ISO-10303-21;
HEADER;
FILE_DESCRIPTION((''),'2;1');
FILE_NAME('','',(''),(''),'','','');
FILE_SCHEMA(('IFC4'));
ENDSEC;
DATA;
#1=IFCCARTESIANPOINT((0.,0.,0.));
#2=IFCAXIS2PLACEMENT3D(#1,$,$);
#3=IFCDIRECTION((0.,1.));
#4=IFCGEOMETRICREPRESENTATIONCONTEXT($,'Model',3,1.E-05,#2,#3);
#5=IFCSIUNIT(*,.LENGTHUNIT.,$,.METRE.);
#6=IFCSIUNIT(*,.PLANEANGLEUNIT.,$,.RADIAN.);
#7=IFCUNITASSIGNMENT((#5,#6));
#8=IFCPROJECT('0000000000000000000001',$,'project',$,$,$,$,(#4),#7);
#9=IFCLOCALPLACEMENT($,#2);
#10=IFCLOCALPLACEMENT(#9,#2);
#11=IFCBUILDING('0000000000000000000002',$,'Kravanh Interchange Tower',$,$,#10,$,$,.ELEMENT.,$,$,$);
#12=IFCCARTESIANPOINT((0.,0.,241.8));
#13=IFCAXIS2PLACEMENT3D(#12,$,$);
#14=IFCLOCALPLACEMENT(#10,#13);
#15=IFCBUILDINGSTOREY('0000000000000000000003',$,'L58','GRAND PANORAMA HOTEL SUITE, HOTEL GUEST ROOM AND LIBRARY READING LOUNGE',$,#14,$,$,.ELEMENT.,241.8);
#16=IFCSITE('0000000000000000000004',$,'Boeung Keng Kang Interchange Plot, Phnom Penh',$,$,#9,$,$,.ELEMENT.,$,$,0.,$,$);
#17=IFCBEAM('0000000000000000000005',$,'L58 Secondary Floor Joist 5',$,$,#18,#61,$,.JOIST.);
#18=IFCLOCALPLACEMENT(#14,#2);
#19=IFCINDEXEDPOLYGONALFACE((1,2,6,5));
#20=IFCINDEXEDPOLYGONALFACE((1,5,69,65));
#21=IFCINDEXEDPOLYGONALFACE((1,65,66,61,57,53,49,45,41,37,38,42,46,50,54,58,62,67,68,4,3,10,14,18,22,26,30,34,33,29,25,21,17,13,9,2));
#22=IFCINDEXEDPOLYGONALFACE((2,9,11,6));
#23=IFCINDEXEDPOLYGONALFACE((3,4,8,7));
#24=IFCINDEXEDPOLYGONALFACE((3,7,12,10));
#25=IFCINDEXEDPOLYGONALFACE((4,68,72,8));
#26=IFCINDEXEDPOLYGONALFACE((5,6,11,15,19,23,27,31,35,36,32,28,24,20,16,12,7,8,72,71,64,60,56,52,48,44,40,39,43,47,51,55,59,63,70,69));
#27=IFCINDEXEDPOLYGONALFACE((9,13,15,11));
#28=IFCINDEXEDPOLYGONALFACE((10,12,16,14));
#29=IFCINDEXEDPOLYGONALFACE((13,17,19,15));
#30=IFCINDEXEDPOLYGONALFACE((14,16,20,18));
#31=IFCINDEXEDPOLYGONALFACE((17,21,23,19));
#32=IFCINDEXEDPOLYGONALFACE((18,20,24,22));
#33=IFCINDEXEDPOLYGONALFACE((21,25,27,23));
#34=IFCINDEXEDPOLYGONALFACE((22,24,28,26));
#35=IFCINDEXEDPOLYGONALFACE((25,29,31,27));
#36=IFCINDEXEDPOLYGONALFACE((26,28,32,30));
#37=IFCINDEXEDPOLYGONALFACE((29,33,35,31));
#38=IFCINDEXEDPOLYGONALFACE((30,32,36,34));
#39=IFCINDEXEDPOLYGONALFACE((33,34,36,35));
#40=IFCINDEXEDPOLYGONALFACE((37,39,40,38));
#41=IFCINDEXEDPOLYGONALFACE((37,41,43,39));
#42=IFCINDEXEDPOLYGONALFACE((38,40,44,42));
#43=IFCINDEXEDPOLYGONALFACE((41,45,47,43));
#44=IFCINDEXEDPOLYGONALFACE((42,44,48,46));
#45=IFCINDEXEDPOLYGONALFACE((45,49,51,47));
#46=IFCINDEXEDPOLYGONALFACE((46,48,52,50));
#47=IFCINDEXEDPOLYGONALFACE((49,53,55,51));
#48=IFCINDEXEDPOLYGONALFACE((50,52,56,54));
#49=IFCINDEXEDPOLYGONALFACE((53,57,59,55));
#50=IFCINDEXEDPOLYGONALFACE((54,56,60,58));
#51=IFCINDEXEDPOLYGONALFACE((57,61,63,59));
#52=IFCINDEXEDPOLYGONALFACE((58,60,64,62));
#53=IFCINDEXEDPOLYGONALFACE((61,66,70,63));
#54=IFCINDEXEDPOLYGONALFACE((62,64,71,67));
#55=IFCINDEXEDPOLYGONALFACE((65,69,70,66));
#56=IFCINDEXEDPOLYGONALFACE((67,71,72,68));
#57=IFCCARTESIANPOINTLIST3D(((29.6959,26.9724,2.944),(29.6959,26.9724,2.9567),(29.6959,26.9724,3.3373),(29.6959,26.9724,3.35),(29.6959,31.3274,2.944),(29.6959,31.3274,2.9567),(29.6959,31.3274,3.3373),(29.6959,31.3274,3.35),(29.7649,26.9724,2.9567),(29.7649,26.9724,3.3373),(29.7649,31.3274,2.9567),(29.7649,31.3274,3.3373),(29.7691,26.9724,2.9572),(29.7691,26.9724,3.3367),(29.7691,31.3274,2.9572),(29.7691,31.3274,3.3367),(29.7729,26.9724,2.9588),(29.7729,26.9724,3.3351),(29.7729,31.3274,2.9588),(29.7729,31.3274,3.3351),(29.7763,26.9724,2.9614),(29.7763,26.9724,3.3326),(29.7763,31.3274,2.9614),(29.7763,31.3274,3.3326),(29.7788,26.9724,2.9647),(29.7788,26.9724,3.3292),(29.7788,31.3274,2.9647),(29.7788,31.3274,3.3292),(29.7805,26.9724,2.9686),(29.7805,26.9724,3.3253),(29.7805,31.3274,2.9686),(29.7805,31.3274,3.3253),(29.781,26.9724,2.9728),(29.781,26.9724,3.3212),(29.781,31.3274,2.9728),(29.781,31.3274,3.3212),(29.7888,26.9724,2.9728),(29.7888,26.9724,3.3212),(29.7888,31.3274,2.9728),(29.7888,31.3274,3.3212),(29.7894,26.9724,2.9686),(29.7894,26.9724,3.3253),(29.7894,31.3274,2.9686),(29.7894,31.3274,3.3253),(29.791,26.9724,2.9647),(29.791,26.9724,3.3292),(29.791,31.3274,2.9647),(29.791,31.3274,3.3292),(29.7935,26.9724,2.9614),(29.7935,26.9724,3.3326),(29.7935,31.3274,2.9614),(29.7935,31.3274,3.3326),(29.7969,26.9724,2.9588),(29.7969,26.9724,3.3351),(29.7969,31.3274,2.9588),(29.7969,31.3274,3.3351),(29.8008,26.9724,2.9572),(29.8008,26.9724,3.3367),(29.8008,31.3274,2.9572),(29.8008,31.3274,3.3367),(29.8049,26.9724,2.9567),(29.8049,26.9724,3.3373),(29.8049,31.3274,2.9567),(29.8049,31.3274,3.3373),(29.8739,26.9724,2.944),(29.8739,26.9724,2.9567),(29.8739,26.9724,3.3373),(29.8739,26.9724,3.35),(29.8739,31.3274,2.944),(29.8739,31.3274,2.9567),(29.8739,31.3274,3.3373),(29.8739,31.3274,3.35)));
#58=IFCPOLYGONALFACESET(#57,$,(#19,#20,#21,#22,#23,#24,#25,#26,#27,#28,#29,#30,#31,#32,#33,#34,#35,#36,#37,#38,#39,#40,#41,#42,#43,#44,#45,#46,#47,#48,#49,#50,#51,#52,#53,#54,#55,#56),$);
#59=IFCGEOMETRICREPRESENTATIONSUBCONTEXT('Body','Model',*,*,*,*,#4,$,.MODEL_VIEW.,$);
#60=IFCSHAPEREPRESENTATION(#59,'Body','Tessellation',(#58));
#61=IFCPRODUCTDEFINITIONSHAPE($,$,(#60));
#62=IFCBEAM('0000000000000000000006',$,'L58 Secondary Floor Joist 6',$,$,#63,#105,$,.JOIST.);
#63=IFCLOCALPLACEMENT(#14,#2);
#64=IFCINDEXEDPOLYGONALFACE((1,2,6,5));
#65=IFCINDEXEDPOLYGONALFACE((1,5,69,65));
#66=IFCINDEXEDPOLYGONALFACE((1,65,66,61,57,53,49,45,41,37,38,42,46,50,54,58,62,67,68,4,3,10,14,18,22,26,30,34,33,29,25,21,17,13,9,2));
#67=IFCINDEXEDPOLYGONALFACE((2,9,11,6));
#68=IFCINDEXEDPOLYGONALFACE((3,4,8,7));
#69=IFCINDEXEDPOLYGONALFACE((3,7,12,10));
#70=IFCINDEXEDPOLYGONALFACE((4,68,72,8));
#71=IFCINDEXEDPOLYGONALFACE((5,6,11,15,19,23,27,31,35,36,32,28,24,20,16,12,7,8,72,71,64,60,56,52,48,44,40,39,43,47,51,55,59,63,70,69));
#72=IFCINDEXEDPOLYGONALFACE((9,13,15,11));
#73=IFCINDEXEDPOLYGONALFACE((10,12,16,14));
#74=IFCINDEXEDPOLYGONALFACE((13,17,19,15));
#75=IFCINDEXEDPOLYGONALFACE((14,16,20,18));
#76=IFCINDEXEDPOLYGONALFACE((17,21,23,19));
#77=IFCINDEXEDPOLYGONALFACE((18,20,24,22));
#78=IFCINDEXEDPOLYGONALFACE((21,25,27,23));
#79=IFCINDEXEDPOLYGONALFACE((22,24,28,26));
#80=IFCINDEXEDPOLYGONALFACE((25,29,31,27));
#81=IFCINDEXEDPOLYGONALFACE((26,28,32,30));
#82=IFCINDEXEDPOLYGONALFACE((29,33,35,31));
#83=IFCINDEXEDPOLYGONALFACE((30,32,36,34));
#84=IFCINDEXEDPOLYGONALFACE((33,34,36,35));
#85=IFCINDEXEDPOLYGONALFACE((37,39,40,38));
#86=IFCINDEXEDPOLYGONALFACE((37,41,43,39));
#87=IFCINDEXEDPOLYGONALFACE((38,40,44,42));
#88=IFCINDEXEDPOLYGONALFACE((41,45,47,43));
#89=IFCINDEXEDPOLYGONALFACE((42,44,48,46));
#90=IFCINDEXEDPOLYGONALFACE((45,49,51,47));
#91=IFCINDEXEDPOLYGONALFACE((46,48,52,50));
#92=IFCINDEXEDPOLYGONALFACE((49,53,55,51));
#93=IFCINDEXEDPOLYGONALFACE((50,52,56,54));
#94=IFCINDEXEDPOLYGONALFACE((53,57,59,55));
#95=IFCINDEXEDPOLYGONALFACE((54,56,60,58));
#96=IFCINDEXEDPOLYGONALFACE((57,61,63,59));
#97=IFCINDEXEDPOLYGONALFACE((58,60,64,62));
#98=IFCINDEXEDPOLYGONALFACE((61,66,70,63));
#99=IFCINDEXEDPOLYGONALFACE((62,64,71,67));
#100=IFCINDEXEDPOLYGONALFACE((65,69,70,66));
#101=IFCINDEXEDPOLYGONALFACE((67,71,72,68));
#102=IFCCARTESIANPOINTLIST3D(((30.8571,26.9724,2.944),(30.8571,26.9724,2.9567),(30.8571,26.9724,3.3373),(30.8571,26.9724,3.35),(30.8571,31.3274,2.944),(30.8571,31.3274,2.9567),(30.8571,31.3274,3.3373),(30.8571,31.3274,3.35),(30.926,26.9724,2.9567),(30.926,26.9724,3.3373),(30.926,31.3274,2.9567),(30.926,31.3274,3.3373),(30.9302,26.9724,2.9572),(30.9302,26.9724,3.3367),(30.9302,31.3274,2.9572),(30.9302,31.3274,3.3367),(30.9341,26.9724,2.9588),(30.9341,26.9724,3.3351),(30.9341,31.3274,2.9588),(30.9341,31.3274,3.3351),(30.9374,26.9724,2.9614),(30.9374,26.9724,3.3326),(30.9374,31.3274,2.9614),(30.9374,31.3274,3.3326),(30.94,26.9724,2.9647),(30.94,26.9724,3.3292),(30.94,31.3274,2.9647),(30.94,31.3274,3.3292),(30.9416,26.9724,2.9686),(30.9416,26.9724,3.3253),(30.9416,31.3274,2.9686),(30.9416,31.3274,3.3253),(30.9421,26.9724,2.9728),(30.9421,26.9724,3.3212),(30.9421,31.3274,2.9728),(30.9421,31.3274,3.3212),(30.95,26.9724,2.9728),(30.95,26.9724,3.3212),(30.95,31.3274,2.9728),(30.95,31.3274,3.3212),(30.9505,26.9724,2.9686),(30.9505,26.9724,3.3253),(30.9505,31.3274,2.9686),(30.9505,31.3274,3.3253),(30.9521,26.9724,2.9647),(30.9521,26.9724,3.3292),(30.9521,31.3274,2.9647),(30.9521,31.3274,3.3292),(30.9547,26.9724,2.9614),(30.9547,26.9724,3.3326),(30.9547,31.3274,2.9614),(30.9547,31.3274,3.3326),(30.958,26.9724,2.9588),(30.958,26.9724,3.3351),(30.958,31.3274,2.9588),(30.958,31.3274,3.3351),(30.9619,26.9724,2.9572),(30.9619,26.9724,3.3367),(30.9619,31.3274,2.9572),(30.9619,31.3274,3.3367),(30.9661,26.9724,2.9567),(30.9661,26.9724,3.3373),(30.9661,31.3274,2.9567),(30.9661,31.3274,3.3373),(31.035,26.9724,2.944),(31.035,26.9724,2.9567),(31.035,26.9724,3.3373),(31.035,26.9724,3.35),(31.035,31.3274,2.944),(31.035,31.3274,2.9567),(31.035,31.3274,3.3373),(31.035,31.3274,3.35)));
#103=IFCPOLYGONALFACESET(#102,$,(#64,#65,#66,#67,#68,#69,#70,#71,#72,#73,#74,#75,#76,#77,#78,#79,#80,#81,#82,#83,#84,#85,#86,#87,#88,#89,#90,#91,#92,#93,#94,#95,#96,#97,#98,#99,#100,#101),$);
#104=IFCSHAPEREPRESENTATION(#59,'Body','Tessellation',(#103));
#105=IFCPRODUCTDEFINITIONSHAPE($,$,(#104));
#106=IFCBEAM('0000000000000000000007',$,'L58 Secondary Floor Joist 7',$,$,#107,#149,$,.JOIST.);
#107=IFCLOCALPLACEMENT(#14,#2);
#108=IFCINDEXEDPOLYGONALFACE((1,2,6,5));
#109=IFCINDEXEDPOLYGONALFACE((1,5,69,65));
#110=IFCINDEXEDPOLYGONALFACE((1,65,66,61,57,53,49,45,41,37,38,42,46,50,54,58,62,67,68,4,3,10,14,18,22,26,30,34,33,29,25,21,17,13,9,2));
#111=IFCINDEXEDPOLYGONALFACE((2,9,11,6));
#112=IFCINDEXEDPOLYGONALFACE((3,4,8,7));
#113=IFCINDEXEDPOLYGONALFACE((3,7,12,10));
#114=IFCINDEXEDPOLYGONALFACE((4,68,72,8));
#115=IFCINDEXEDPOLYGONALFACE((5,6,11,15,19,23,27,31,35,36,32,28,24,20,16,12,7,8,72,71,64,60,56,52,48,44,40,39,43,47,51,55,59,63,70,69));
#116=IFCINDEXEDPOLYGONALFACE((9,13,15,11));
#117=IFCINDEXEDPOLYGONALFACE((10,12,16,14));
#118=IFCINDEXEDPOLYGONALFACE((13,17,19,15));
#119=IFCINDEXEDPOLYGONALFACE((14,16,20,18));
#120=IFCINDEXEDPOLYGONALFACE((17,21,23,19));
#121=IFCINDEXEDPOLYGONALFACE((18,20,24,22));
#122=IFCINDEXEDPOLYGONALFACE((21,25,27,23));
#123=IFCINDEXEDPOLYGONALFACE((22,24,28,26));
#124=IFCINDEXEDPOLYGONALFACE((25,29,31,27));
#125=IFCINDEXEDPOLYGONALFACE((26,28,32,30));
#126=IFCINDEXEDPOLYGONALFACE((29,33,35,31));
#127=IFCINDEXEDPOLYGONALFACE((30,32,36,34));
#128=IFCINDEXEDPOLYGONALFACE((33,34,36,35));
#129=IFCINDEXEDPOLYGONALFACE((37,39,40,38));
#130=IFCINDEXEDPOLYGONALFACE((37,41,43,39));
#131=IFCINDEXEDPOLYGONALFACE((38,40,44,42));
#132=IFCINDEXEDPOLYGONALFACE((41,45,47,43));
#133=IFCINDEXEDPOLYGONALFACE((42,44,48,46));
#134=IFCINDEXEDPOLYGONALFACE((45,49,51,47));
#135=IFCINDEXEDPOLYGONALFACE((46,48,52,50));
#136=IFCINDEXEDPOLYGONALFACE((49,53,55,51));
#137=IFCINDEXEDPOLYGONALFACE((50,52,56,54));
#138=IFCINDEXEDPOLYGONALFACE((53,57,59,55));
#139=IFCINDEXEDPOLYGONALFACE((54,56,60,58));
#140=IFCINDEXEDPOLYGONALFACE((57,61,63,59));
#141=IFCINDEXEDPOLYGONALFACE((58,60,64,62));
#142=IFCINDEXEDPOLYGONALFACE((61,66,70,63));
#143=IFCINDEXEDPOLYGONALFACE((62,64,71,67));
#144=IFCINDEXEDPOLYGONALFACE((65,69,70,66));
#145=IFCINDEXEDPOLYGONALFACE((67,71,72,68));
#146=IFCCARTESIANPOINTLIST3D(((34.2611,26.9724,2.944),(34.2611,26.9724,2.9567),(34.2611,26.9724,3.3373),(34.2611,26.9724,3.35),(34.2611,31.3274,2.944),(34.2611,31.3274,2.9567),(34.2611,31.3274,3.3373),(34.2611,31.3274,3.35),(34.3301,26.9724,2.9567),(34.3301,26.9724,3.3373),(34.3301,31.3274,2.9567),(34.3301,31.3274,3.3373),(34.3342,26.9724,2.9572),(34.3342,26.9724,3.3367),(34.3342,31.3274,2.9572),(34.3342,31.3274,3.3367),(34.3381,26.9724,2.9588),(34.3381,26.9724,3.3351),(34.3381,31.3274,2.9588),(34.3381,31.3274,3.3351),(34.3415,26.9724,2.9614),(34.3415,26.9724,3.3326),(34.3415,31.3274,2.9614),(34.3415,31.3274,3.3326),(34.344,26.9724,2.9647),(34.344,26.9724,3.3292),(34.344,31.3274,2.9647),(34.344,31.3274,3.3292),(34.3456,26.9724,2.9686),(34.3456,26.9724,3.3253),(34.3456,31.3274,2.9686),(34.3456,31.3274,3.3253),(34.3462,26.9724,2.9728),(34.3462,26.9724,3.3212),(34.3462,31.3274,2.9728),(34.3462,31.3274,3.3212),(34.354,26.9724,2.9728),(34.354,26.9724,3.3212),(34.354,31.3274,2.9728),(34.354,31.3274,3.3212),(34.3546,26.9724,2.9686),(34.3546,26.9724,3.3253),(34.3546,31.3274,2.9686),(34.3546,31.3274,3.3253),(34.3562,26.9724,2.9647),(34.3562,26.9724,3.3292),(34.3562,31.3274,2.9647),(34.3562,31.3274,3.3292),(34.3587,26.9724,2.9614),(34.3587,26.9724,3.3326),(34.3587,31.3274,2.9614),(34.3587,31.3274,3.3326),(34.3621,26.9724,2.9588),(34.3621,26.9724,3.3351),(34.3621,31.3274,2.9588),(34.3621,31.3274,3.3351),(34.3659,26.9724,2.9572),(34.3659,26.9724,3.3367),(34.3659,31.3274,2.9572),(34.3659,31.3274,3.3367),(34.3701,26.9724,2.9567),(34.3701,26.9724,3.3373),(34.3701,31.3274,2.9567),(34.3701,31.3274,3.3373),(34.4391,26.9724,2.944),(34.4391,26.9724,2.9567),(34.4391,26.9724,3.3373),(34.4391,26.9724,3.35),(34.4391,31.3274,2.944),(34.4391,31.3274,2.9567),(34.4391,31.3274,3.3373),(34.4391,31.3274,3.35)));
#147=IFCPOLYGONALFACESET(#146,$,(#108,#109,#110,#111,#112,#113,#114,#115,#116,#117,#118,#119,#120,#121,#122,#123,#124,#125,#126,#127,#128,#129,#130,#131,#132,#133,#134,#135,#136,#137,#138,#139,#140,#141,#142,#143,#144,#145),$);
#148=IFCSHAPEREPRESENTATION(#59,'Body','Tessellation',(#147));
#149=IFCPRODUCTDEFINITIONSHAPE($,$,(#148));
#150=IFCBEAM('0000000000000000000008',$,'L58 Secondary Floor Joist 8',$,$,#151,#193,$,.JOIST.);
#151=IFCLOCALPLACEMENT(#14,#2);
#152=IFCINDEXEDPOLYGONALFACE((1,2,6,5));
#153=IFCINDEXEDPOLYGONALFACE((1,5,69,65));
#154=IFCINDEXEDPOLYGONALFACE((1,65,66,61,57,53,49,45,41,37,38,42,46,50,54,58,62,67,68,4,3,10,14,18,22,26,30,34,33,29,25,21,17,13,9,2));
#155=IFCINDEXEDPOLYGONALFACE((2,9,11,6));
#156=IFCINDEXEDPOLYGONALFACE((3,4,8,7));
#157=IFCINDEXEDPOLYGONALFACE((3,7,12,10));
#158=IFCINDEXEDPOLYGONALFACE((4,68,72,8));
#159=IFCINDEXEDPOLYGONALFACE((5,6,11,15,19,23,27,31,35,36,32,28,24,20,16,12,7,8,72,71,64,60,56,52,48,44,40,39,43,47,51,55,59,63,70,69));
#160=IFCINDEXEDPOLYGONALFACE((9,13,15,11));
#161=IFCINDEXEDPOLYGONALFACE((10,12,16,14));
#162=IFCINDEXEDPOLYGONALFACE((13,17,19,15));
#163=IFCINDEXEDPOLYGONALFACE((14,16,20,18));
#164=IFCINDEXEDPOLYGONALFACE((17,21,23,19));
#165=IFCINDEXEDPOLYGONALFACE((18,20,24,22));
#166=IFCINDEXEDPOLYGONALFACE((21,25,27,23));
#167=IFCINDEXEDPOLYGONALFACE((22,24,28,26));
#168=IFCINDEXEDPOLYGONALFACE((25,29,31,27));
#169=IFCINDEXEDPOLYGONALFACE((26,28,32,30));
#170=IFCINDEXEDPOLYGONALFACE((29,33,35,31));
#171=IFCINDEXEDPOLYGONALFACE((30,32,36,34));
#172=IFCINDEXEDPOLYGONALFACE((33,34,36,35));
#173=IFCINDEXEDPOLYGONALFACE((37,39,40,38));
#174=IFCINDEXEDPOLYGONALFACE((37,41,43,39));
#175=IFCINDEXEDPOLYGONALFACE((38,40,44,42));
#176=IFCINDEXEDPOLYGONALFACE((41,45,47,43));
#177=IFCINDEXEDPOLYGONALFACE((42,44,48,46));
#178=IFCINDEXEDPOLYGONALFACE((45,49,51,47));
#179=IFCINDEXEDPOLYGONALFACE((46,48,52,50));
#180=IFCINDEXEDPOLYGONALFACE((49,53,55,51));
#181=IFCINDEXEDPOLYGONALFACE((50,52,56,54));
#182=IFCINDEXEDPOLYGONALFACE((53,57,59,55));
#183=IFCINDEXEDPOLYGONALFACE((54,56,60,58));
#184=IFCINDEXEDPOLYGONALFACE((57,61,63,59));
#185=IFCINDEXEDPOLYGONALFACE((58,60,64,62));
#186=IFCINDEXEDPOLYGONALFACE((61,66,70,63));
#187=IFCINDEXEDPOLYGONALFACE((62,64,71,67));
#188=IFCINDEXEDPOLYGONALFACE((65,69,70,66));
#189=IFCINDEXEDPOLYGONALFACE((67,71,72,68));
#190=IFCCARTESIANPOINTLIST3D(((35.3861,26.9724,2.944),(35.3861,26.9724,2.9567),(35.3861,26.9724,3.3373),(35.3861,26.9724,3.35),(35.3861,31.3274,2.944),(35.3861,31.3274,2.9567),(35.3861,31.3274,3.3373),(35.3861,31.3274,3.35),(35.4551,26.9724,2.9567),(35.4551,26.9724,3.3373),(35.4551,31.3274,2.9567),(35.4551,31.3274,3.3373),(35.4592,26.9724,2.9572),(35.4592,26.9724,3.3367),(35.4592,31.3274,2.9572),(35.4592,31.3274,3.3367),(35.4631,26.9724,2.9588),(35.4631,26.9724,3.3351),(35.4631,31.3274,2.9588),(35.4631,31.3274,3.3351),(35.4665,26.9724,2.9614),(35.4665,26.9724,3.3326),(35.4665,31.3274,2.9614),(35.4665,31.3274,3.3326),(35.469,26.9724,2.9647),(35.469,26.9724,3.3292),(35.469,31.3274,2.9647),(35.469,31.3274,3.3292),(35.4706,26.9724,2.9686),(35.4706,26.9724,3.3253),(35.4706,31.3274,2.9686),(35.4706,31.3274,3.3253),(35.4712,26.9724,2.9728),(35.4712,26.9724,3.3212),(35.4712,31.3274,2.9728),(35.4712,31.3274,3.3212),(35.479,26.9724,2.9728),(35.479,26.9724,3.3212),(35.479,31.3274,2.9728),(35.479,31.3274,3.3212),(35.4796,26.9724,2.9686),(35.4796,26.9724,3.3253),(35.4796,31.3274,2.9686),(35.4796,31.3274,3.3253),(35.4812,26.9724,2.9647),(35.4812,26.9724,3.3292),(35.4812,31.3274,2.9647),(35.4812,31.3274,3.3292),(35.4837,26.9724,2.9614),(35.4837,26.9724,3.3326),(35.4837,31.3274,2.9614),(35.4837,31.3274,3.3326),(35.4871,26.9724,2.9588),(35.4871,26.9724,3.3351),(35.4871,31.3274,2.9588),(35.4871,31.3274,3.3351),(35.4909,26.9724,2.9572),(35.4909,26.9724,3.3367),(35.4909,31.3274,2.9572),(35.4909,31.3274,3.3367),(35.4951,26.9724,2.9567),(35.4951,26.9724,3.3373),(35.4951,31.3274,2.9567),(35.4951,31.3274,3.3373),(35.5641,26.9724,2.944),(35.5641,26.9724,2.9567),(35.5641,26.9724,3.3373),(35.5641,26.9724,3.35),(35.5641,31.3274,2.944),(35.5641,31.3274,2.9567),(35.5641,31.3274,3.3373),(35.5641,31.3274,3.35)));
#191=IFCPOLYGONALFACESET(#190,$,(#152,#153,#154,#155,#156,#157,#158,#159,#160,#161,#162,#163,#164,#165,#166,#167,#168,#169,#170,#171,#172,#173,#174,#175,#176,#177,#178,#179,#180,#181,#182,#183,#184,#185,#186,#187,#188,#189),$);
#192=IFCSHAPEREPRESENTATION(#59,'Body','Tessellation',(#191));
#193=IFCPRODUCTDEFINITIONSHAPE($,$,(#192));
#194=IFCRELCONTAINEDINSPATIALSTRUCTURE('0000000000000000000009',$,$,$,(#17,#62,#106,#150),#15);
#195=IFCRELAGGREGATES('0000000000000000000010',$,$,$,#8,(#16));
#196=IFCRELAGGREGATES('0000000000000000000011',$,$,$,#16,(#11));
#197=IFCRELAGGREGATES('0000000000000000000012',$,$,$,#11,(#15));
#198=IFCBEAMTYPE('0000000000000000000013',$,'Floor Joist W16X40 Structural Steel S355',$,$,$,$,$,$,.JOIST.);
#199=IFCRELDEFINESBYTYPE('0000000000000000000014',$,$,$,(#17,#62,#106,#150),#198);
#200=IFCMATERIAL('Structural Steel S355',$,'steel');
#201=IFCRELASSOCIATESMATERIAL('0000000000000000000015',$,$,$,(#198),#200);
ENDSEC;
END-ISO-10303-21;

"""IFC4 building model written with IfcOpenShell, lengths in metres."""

from ifc_helpers import new_model, si_unit, direction, frame, origin, origin_2d, place, context, subcontext, project, spatial, i_section, extrude, material, material_profile, profile_set, type_object, element, save


model = new_model("IFC4")

# Units and contexts
model_context = context("Model", 3, precision=1e-05, world=origin(), true_north=direction((0.0, 1.0)))
body_context = subcontext(model_context, "Body", "Model", "MODEL_VIEW")
ifc_project = project(units=[si_unit("LENGTHUNIT", "METRE"), si_unit("PLANEANGLEUNIT", "RADIAN")], contexts=[model_context])

# Site, building, storey
site_placement = place(None, origin())
site = spatial("IfcSite", under=ifc_project, at=site_placement, Name="Boeung Keng Kang Interchange Plot, Phnom Penh", CompositionType="ELEMENT", RefElevation=0.0)
building_placement = place(site_placement, origin())
building = spatial("IfcBuilding", under=site, at=building_placement, Name="Kravanh Interchange Tower", CompositionType="ELEMENT")
storey_placement = place(building_placement, frame((0.0, 0.0, 241.8)))
storey = spatial("IfcBuildingStorey", under=building, at=storey_placement, Name="L58", Description="GRAND PANORAMA HOTEL SUITE, HOTEL GUEST ROOM AND LIBRARY READING LOUNGE", CompositionType="ELEMENT", Elevation=241.8)

# Beams
ifc_material_1 = material(Name="Structural Steel S355", Category="steel")
ifc_material_profile_1 = material_profile(ifc_material_1, i_section(OverallWidth=0.178, OverallDepth=0.406, WebThickness=0.0078, FlangeThickness=0.0127, FilletRadius=0.0161, at=origin_2d()), Name="W16X40")
ifc_profile_set_1 = profile_set([ifc_material_profile_1], Name="Structural Steel S355")
beam_type_1 = type_object("IfcBeamType", Name="Floor Joist W16X40 Structural Steel S355", PredefinedType="JOIST", material=ifc_profile_set_1)
for number, where, z_axis, x_axis, name in (
    (1, (29.7849, 26.9724, 3.147), (0.0, 1.0, 0.0), (-1.0, 0.0, 0.0), "L58 Secondary Floor Joist 5"),
    (2, (30.946, 26.9724, 3.147), (0.0, 1.0, 0.0), (-1.0, 0.0, 0.0), "L58 Secondary Floor Joist 6"),
    (3, (34.3501, 26.9724, 3.147), (0.0, 1.0, 0.0), (-1.0, 0.0, 0.0), "L58 Secondary Floor Joist 7"),
    (4, (35.4751, 26.9724, 3.147), (0.0, 1.0, 0.0), (-1.0, 0.0, 0.0), "L58 Secondary Floor Joist 8"),
):
    element("IfcBeam", number, at=place(storey_placement, frame(where, z_axis=z_axis, x_axis=x_axis)), inside=storey, type_object=beam_type_1, Name=name, PredefinedType="JOIST", context=body_context, shape_type="SweptSolid", body=[
        extrude(i_section(OverallWidth=0.178, OverallDepth=0.406, WebThickness=0.0078, FlangeThickness=0.0127, FilletRadius=0.0161, at=origin_2d()), origin(), (0.0, 0.0, 1.0), 4.355),
    ])

save(model, "model.ifc")
